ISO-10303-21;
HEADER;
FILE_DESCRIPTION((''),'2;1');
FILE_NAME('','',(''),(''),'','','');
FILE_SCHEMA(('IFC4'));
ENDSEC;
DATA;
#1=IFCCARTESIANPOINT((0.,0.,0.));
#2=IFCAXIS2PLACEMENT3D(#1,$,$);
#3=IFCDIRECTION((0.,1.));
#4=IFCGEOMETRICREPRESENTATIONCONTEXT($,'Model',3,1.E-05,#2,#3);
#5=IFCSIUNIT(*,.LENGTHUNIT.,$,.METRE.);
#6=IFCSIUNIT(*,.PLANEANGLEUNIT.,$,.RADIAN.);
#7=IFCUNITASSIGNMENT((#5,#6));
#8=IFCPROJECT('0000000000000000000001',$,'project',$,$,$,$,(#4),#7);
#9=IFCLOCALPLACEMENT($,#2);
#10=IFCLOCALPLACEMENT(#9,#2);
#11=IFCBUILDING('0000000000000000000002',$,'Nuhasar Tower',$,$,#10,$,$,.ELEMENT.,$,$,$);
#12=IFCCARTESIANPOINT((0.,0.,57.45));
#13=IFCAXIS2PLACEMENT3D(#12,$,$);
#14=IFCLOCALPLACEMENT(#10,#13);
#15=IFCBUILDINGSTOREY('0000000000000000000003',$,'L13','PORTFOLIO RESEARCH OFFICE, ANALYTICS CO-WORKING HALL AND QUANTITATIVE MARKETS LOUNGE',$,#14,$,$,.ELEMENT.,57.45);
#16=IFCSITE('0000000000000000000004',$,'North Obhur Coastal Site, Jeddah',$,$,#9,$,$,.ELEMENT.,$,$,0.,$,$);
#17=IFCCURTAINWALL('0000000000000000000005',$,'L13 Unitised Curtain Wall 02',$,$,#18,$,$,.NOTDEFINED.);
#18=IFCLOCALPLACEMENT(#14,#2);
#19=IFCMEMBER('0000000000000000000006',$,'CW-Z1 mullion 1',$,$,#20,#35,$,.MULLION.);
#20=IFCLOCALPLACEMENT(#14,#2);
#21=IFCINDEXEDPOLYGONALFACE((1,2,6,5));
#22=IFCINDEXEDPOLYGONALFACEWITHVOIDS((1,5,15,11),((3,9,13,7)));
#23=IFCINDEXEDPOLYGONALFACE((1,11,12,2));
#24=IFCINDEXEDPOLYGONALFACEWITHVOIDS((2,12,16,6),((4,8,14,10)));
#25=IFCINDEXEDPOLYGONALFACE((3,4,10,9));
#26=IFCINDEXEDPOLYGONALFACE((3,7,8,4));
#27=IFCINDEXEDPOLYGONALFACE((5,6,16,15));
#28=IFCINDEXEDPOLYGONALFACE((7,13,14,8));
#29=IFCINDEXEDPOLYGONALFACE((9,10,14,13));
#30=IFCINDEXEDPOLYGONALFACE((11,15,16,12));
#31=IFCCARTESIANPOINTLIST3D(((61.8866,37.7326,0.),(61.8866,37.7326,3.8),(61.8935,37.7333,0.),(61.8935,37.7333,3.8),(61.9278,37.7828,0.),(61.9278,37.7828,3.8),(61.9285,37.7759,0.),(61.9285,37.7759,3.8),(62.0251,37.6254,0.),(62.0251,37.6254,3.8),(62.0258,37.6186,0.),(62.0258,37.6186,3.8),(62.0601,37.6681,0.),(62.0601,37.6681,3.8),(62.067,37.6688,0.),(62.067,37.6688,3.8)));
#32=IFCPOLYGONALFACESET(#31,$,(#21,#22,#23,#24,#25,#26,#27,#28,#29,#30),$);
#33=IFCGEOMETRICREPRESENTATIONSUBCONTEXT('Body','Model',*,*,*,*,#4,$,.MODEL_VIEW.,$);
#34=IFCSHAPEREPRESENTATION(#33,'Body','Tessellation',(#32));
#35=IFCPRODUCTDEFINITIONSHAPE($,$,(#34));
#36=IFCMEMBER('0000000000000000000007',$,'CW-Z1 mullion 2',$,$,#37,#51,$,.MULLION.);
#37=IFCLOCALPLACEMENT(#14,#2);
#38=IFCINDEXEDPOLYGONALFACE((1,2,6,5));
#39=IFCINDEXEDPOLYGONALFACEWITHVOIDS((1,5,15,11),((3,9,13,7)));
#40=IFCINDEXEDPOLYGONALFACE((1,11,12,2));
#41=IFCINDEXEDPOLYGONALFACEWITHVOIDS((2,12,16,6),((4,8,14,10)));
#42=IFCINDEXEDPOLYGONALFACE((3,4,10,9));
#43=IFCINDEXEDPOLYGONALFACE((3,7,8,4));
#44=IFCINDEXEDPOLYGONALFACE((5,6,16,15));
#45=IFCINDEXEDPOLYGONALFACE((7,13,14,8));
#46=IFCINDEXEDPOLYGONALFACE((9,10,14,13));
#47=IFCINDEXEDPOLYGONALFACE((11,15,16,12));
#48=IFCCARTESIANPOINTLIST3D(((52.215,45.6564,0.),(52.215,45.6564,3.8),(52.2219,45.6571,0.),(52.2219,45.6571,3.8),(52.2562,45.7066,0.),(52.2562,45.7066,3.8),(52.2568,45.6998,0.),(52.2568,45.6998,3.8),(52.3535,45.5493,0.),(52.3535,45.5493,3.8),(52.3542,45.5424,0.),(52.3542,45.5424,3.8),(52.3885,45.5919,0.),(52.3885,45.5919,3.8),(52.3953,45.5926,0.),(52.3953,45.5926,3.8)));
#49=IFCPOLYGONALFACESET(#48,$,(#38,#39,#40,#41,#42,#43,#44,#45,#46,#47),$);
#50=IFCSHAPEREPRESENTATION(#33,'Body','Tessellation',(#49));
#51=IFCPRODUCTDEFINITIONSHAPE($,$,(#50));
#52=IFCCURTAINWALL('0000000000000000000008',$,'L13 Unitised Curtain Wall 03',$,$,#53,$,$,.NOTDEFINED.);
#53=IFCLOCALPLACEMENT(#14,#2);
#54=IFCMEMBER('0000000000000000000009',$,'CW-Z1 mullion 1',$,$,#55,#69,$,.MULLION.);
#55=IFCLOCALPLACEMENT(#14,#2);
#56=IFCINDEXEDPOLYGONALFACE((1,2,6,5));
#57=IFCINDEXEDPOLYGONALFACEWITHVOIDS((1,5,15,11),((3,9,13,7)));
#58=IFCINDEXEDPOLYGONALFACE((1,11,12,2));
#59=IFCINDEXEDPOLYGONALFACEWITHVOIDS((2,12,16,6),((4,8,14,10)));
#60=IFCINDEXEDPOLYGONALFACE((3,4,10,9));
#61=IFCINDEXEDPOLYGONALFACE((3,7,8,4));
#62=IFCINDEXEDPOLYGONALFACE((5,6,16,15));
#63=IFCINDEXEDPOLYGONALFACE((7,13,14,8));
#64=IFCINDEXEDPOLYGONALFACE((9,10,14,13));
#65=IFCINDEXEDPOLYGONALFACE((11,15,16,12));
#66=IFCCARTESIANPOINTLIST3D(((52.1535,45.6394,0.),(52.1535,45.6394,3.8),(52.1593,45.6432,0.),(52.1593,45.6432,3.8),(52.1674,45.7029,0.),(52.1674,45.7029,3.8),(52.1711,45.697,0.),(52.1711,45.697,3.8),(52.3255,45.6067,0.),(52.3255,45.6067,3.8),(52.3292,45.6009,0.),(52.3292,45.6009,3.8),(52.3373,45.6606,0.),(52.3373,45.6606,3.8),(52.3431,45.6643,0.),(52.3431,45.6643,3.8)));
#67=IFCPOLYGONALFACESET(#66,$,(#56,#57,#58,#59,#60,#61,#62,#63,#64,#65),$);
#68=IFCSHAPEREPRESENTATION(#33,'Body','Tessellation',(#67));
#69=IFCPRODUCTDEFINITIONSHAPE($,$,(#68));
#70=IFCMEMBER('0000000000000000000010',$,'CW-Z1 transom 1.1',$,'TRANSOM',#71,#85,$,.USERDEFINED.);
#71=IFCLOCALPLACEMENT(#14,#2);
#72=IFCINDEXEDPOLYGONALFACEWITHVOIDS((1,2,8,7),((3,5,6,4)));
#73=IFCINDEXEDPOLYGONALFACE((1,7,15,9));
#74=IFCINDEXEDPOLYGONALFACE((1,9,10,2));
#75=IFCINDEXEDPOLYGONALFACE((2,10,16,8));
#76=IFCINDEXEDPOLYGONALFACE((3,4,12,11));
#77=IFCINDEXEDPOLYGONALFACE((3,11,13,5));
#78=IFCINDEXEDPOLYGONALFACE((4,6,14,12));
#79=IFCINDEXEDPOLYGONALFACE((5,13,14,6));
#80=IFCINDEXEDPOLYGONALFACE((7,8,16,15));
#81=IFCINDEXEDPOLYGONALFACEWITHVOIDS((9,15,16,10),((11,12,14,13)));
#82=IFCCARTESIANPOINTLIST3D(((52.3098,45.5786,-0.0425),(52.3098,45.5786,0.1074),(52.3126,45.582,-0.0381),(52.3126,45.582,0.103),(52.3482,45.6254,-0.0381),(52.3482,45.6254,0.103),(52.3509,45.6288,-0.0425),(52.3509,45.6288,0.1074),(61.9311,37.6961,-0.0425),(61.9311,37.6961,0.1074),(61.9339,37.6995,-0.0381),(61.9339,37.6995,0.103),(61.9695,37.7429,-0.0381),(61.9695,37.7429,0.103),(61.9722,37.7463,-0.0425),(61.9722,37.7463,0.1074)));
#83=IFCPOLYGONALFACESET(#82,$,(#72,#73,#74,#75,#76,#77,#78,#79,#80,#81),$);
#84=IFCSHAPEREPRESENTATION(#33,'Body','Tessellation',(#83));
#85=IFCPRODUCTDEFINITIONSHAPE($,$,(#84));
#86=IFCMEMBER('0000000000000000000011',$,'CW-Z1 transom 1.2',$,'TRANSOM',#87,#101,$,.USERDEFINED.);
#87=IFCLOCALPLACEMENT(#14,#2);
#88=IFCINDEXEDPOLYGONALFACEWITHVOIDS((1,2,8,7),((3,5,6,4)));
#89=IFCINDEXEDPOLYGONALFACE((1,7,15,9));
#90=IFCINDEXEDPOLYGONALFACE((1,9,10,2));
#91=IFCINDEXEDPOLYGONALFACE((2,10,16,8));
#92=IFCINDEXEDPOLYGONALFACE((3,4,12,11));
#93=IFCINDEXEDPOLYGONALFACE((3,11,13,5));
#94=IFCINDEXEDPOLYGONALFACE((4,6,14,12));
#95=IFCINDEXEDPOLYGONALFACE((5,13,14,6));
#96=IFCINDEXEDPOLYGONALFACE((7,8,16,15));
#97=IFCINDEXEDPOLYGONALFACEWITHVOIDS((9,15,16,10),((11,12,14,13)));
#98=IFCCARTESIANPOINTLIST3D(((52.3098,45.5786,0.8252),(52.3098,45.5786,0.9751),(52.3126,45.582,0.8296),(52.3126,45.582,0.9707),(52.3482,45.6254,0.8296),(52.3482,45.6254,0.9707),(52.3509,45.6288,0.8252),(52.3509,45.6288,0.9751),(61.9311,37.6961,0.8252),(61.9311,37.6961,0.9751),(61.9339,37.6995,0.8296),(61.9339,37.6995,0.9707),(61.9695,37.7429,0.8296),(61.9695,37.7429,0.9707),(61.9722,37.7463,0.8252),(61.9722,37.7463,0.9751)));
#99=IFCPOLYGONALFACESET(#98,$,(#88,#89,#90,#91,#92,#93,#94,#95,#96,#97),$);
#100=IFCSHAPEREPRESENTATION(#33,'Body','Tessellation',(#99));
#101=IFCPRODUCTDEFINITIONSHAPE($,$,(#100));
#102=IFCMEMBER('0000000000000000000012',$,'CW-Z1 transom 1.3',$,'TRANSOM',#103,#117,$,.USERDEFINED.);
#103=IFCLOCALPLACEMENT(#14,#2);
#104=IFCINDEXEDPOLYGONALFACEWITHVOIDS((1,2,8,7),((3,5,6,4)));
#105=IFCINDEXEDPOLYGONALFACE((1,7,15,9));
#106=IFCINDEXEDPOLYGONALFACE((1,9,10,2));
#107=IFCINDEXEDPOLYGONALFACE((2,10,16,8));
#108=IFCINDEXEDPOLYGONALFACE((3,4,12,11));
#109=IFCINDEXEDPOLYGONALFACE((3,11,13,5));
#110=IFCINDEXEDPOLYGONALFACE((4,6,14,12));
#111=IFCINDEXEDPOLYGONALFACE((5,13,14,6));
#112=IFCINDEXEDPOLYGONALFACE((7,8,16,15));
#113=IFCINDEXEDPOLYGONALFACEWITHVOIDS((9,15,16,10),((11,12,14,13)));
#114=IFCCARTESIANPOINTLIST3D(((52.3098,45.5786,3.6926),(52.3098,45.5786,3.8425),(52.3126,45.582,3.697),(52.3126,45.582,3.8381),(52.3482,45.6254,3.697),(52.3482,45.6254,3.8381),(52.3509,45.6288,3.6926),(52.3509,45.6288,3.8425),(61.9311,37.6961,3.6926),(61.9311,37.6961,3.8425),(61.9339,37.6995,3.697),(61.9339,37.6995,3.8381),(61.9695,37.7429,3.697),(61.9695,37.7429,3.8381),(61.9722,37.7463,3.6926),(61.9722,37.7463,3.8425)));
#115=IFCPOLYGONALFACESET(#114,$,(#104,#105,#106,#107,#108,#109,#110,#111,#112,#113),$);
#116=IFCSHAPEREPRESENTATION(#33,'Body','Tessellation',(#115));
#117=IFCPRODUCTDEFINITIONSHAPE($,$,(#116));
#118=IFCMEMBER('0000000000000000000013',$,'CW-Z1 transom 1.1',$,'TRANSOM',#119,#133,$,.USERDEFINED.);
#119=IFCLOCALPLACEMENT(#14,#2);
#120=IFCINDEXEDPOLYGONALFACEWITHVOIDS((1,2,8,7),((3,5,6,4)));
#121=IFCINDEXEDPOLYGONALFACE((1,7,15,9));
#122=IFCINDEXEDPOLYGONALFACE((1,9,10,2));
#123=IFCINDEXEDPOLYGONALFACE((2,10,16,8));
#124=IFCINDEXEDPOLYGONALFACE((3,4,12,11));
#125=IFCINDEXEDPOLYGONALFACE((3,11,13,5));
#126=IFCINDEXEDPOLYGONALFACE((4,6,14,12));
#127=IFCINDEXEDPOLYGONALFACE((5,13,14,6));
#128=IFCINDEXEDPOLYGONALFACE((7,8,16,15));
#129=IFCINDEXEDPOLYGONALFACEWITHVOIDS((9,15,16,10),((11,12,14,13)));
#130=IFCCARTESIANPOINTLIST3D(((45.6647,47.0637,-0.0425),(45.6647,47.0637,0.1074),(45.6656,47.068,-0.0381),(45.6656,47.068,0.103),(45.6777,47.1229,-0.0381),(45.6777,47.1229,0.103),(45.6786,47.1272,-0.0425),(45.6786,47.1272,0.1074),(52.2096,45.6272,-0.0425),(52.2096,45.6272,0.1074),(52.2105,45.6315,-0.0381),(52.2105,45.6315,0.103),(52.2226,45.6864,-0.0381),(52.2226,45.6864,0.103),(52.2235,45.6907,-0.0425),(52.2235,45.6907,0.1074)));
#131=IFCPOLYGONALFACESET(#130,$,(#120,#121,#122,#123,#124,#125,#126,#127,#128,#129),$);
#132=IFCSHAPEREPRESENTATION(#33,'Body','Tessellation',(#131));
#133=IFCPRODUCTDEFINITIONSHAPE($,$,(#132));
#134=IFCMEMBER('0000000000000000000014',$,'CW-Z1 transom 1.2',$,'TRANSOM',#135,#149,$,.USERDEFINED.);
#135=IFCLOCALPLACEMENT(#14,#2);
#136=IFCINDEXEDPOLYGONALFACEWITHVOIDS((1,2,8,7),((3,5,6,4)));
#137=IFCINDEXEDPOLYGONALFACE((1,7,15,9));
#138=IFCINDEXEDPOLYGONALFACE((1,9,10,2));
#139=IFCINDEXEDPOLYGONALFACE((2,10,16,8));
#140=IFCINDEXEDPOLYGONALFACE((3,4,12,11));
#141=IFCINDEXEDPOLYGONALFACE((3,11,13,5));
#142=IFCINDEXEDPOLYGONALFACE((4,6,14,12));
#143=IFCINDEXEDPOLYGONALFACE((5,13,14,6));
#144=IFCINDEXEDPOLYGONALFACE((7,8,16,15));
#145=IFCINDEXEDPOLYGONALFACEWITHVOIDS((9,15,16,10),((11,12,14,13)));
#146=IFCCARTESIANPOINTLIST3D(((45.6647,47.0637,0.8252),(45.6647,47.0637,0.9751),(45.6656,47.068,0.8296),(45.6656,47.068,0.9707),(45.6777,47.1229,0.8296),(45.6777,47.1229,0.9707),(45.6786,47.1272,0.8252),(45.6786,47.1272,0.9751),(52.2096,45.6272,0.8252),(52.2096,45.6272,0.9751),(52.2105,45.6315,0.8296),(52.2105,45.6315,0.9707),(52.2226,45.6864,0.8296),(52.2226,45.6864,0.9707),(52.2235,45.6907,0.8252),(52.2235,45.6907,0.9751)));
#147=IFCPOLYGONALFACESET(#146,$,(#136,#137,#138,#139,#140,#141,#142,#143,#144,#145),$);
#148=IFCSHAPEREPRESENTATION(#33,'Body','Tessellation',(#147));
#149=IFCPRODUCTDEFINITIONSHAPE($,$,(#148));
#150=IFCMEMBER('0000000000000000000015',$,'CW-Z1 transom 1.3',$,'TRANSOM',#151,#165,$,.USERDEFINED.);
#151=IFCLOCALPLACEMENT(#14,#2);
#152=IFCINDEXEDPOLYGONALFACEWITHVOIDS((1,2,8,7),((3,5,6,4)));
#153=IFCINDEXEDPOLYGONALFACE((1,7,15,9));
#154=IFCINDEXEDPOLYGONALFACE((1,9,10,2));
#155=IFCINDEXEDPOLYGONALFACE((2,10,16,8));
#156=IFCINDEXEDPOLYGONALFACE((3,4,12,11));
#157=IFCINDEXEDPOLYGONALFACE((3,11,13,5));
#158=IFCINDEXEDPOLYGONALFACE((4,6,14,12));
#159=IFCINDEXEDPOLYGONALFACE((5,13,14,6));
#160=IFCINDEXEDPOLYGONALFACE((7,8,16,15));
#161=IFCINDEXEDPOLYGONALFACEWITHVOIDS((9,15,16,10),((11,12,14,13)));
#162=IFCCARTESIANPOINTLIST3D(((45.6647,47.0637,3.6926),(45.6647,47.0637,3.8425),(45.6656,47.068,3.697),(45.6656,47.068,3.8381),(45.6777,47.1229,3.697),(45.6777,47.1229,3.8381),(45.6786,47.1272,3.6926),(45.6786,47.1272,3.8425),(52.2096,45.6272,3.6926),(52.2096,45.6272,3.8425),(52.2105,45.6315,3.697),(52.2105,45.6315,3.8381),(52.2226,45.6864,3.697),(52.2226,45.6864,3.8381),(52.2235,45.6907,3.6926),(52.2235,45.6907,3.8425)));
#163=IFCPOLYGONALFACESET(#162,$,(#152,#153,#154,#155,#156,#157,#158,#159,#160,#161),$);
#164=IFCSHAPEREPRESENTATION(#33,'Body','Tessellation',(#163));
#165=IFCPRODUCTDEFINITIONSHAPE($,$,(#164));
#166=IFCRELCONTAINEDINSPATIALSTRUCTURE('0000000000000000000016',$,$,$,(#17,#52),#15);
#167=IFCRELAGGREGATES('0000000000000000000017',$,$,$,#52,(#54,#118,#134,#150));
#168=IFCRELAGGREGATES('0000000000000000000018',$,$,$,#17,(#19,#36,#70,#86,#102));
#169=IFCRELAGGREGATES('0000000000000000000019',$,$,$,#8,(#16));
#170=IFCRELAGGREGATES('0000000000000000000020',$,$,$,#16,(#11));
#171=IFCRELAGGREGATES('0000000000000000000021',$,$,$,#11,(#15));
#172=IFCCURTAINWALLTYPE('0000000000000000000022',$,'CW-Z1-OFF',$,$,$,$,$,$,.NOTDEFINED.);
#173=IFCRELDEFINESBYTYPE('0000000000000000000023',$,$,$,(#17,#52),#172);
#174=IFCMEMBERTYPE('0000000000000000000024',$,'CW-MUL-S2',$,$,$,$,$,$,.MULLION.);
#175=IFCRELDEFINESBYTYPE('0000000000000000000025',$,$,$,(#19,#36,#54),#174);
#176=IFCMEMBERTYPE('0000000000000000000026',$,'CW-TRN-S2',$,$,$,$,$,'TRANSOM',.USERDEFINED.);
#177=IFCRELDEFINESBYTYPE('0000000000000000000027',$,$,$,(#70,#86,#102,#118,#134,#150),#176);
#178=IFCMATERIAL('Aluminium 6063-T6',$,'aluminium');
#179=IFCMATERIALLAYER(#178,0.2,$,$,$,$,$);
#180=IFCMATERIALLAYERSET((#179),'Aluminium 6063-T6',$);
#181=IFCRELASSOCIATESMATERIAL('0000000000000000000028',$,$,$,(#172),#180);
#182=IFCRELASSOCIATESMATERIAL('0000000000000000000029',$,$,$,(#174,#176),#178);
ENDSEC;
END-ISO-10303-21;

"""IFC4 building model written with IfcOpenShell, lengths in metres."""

from ifc_helpers import new_model, si_unit, direction, frame, origin, origin_2d, place, context, subcontext, project, spatial, hollow_rectangle, extrude, material, layer, layer_set, material_profile, profile_set, type_object, element, aggregate, save


model = new_model("IFC4")

# Units and contexts
model_context = context("Model", 3, precision=1e-05, world=origin(), true_north=direction((0.0, 1.0)))
body_context = subcontext(model_context, "Body", "Model", "MODEL_VIEW")
ifc_project = project(units=[si_unit("LENGTHUNIT", "METRE"), si_unit("PLANEANGLEUNIT", "RADIAN")], contexts=[model_context])

# Site, building, storey
site_placement = place(None, origin())
site = spatial("IfcSite", under=ifc_project, at=site_placement, Name="North Obhur Coastal Site, Jeddah", CompositionType="ELEMENT", RefElevation=0.0)
building_placement = place(site_placement, origin())
building = spatial("IfcBuilding", under=site, at=building_placement, Name="Nuhasar Tower", CompositionType="ELEMENT")
storey_placement = place(building_placement, frame((0.0, 0.0, 57.45)))
storey = spatial("IfcBuildingStorey", under=building, at=storey_placement, Name="L13", Description="PORTFOLIO RESEARCH OFFICE, ANALYTICS CO-WORKING HALL AND QUANTITATIVE MARKETS LOUNGE", CompositionType="ELEMENT", Elevation=57.45)

# Curtain wall, members
ifc_material_1 = material(Name="Aluminium 6063-T6", Category="aluminium")
ifc_layer_1 = layer(ifc_material_1, 0.2)
ifc_layer_set_1 = layer_set([ifc_layer_1], Name="Aluminium 6063-T6")
curtain_wall_type = type_object("IfcCurtainWallType", Name="CW-Z1-OFF", PredefinedType="NOTDEFINED", material=ifc_layer_set_1)
curtain_wall_1_placement = place(storey_placement, origin())
curtain_wall_1 = element("IfcCurtainWall", 1, at=curtain_wall_1_placement, inside=storey, type_object=curtain_wall_type, Name="L13 Unitised Curtain Wall 02", PredefinedType="NOTDEFINED")
ifc_material_profile_1 = material_profile(ifc_material_1, hollow_rectangle(XDim=0.0649, YDim=0.1799, WallThickness=0.0049, at=origin_2d()), Name="CWM-2")
ifc_profile_set_1 = profile_set([ifc_material_profile_1], Name="Aluminium 6063-T6")
member_type_1 = type_object("IfcMemberType", Name="CW-MUL-S2", PredefinedType="MULLION", material=ifc_profile_set_1)
member_1_placement = place(storey_placement, frame((61.9768, 37.7007, 0.0), z_axis=(0.0, 0.0, 1.0), x_axis=(-0.633745, -0.773542, 0.0)))
member_1 = element("IfcMember", 2, at=member_1_placement, type_object=member_type_1, Name="CW-Z1 mullion 1", PredefinedType="MULLION", context=body_context, shape_type="SweptSolid", body=[
    extrude(hollow_rectangle(XDim=0.0649, YDim=0.1799, WallThickness=0.0049, at=origin_2d()), origin(), (0.0, 0.0, 1.0), 3.8),
])
member_2_placement = place(storey_placement, frame((52.3052, 45.6245, 0.0), z_axis=(0.0, 0.0, 1.0), x_axis=(-0.633745, -0.773542, 0.0)))
member_2 = element("IfcMember", 3, at=member_2_placement, type_object=member_type_1, Name="CW-Z1 mullion 2", PredefinedType="MULLION", context=body_context, shape_type="SweptSolid", body=[
    extrude(hollow_rectangle(XDim=0.0649, YDim=0.1799, WallThickness=0.0049, at=origin_2d()), origin(), (0.0, 0.0, 1.0), 3.8),
])

# Curtain wall, member
curtain_wall_2_placement = place(storey_placement, origin())
curtain_wall_2 = element("IfcCurtainWall", 4, at=curtain_wall_2_placement, inside=storey, type_object=curtain_wall_type, Name="L13 Unitised Curtain Wall 03", PredefinedType="NOTDEFINED")
member_3_placement = place(storey_placement, frame((52.2483, 45.6519, 0.0), z_axis=(0.0, 0.0, 1.0), x_axis=(-0.214399, -0.976746, 0.0)))
member_3 = element("IfcMember", 5, at=member_3_placement, type_object=member_type_1, Name="CW-Z1 mullion 1", PredefinedType="MULLION", context=body_context, shape_type="SweptSolid", body=[
    extrude(hollow_rectangle(XDim=0.0649, YDim=0.1799, WallThickness=0.0049, at=origin_2d()), origin(), (0.0, 0.0, 1.0), 3.8),
])

# Members
ifc_material_profile_2 = material_profile(ifc_material_1, hollow_rectangle(XDim=0.0649, YDim=0.1499, WallThickness=0.0044, at=origin_2d()), Name="CWT-2")
ifc_profile_set_2 = profile_set([ifc_material_profile_2], Name="Aluminium 6063-T6")
member_type_2 = type_object("IfcMemberType", Name="CW-TRN-S2", ElementType="TRANSOM", PredefinedType="USERDEFINED", material=ifc_profile_set_2)
member_4_placement = place(storey_placement, frame((61.9517, 37.7212, 0.0325), z_axis=(-0.773541, 0.633746, 0.0), x_axis=(-0.633746, -0.773541, 0.0)))
member_4 = element("IfcMember", 6, at=member_4_placement, type_object=member_type_2, Name="CW-Z1 transom 1.1", ObjectType="TRANSOM", PredefinedType="USERDEFINED", context=body_context, shape_type="SweptSolid", body=[
    extrude(hollow_rectangle(XDim=0.0649, YDim=0.1499, WallThickness=0.0044, at=origin_2d()), origin(), (0.0, 0.0, 1.0), 12.438),
])
member_5_placement = place(storey_placement, frame((61.9517, 37.7212, 0.9001), z_axis=(-0.773541, 0.633746, 0.0), x_axis=(-0.633746, -0.773541, 0.0)))
member_5 = element("IfcMember", 7, at=member_5_placement, type_object=member_type_2, Name="CW-Z1 transom 1.2", ObjectType="TRANSOM", PredefinedType="USERDEFINED", context=body_context, shape_type="SweptSolid", body=[
    extrude(hollow_rectangle(XDim=0.0649, YDim=0.1499, WallThickness=0.0044, at=origin_2d()), origin(), (0.0, 0.0, 1.0), 12.438),
])
member_6_placement = place(storey_placement, frame((61.9517, 37.7212, 3.7676), z_axis=(-0.773541, 0.633746, 0.0), x_axis=(-0.633746, -0.773541, 0.0)))
member_6 = element("IfcMember", 8, at=member_6_placement, type_object=member_type_2, Name="CW-Z1 transom 1.3", ObjectType="TRANSOM", PredefinedType="USERDEFINED", context=body_context, shape_type="SweptSolid", body=[
    extrude(hollow_rectangle(XDim=0.0649, YDim=0.1499, WallThickness=0.0044, at=origin_2d()), origin(), (0.0, 0.0, 1.0), 12.438),
])
member_7_placement = place(storey_placement, frame((52.2166, 45.6589, 0.0325), z_axis=(-0.97675, 0.214384, 0.0), x_axis=(-0.214384, -0.97675, 0.0)))
member_7 = element("IfcMember", 9, at=member_7_placement, type_object=member_type_2, Name="CW-Z1 transom 1.1", ObjectType="TRANSOM", PredefinedType="USERDEFINED", context=body_context, shape_type="SweptSolid", body=[
    extrude(hollow_rectangle(XDim=0.0649, YDim=0.1499, WallThickness=0.0044, at=origin_2d()), origin(), (0.0, 0.0, 1.0), 6.7007),
])
member_8_placement = place(storey_placement, frame((52.2166, 45.6589, 0.9001), z_axis=(-0.97675, 0.214384, 0.0), x_axis=(-0.214384, -0.97675, 0.0)))
member_8 = element("IfcMember", 10, at=member_8_placement, type_object=member_type_2, Name="CW-Z1 transom 1.2", ObjectType="TRANSOM", PredefinedType="USERDEFINED", context=body_context, shape_type="SweptSolid", body=[
    extrude(hollow_rectangle(XDim=0.0649, YDim=0.1499, WallThickness=0.0044, at=origin_2d()), origin(), (0.0, 0.0, 1.0), 6.7007),
])
member_9_placement = place(storey_placement, frame((52.2166, 45.6589, 3.7676), z_axis=(-0.97675, 0.214384, 0.0), x_axis=(-0.214384, -0.97675, 0.0)))
member_9 = element("IfcMember", 11, at=member_9_placement, type_object=member_type_2, Name="CW-Z1 transom 1.3", ObjectType="TRANSOM", PredefinedType="USERDEFINED", context=body_context, shape_type="SweptSolid", body=[
    extrude(hollow_rectangle(XDim=0.0649, YDim=0.1499, WallThickness=0.0044, at=origin_2d()), origin(), (0.0, 0.0, 1.0), 6.7007),
])
aggregate(curtain_wall_2, [member_3, member_7, member_8, member_9])

aggregate(curtain_wall_1, [member_1, member_2, member_4, member_5, member_6])

save(model, "model.ifc")
